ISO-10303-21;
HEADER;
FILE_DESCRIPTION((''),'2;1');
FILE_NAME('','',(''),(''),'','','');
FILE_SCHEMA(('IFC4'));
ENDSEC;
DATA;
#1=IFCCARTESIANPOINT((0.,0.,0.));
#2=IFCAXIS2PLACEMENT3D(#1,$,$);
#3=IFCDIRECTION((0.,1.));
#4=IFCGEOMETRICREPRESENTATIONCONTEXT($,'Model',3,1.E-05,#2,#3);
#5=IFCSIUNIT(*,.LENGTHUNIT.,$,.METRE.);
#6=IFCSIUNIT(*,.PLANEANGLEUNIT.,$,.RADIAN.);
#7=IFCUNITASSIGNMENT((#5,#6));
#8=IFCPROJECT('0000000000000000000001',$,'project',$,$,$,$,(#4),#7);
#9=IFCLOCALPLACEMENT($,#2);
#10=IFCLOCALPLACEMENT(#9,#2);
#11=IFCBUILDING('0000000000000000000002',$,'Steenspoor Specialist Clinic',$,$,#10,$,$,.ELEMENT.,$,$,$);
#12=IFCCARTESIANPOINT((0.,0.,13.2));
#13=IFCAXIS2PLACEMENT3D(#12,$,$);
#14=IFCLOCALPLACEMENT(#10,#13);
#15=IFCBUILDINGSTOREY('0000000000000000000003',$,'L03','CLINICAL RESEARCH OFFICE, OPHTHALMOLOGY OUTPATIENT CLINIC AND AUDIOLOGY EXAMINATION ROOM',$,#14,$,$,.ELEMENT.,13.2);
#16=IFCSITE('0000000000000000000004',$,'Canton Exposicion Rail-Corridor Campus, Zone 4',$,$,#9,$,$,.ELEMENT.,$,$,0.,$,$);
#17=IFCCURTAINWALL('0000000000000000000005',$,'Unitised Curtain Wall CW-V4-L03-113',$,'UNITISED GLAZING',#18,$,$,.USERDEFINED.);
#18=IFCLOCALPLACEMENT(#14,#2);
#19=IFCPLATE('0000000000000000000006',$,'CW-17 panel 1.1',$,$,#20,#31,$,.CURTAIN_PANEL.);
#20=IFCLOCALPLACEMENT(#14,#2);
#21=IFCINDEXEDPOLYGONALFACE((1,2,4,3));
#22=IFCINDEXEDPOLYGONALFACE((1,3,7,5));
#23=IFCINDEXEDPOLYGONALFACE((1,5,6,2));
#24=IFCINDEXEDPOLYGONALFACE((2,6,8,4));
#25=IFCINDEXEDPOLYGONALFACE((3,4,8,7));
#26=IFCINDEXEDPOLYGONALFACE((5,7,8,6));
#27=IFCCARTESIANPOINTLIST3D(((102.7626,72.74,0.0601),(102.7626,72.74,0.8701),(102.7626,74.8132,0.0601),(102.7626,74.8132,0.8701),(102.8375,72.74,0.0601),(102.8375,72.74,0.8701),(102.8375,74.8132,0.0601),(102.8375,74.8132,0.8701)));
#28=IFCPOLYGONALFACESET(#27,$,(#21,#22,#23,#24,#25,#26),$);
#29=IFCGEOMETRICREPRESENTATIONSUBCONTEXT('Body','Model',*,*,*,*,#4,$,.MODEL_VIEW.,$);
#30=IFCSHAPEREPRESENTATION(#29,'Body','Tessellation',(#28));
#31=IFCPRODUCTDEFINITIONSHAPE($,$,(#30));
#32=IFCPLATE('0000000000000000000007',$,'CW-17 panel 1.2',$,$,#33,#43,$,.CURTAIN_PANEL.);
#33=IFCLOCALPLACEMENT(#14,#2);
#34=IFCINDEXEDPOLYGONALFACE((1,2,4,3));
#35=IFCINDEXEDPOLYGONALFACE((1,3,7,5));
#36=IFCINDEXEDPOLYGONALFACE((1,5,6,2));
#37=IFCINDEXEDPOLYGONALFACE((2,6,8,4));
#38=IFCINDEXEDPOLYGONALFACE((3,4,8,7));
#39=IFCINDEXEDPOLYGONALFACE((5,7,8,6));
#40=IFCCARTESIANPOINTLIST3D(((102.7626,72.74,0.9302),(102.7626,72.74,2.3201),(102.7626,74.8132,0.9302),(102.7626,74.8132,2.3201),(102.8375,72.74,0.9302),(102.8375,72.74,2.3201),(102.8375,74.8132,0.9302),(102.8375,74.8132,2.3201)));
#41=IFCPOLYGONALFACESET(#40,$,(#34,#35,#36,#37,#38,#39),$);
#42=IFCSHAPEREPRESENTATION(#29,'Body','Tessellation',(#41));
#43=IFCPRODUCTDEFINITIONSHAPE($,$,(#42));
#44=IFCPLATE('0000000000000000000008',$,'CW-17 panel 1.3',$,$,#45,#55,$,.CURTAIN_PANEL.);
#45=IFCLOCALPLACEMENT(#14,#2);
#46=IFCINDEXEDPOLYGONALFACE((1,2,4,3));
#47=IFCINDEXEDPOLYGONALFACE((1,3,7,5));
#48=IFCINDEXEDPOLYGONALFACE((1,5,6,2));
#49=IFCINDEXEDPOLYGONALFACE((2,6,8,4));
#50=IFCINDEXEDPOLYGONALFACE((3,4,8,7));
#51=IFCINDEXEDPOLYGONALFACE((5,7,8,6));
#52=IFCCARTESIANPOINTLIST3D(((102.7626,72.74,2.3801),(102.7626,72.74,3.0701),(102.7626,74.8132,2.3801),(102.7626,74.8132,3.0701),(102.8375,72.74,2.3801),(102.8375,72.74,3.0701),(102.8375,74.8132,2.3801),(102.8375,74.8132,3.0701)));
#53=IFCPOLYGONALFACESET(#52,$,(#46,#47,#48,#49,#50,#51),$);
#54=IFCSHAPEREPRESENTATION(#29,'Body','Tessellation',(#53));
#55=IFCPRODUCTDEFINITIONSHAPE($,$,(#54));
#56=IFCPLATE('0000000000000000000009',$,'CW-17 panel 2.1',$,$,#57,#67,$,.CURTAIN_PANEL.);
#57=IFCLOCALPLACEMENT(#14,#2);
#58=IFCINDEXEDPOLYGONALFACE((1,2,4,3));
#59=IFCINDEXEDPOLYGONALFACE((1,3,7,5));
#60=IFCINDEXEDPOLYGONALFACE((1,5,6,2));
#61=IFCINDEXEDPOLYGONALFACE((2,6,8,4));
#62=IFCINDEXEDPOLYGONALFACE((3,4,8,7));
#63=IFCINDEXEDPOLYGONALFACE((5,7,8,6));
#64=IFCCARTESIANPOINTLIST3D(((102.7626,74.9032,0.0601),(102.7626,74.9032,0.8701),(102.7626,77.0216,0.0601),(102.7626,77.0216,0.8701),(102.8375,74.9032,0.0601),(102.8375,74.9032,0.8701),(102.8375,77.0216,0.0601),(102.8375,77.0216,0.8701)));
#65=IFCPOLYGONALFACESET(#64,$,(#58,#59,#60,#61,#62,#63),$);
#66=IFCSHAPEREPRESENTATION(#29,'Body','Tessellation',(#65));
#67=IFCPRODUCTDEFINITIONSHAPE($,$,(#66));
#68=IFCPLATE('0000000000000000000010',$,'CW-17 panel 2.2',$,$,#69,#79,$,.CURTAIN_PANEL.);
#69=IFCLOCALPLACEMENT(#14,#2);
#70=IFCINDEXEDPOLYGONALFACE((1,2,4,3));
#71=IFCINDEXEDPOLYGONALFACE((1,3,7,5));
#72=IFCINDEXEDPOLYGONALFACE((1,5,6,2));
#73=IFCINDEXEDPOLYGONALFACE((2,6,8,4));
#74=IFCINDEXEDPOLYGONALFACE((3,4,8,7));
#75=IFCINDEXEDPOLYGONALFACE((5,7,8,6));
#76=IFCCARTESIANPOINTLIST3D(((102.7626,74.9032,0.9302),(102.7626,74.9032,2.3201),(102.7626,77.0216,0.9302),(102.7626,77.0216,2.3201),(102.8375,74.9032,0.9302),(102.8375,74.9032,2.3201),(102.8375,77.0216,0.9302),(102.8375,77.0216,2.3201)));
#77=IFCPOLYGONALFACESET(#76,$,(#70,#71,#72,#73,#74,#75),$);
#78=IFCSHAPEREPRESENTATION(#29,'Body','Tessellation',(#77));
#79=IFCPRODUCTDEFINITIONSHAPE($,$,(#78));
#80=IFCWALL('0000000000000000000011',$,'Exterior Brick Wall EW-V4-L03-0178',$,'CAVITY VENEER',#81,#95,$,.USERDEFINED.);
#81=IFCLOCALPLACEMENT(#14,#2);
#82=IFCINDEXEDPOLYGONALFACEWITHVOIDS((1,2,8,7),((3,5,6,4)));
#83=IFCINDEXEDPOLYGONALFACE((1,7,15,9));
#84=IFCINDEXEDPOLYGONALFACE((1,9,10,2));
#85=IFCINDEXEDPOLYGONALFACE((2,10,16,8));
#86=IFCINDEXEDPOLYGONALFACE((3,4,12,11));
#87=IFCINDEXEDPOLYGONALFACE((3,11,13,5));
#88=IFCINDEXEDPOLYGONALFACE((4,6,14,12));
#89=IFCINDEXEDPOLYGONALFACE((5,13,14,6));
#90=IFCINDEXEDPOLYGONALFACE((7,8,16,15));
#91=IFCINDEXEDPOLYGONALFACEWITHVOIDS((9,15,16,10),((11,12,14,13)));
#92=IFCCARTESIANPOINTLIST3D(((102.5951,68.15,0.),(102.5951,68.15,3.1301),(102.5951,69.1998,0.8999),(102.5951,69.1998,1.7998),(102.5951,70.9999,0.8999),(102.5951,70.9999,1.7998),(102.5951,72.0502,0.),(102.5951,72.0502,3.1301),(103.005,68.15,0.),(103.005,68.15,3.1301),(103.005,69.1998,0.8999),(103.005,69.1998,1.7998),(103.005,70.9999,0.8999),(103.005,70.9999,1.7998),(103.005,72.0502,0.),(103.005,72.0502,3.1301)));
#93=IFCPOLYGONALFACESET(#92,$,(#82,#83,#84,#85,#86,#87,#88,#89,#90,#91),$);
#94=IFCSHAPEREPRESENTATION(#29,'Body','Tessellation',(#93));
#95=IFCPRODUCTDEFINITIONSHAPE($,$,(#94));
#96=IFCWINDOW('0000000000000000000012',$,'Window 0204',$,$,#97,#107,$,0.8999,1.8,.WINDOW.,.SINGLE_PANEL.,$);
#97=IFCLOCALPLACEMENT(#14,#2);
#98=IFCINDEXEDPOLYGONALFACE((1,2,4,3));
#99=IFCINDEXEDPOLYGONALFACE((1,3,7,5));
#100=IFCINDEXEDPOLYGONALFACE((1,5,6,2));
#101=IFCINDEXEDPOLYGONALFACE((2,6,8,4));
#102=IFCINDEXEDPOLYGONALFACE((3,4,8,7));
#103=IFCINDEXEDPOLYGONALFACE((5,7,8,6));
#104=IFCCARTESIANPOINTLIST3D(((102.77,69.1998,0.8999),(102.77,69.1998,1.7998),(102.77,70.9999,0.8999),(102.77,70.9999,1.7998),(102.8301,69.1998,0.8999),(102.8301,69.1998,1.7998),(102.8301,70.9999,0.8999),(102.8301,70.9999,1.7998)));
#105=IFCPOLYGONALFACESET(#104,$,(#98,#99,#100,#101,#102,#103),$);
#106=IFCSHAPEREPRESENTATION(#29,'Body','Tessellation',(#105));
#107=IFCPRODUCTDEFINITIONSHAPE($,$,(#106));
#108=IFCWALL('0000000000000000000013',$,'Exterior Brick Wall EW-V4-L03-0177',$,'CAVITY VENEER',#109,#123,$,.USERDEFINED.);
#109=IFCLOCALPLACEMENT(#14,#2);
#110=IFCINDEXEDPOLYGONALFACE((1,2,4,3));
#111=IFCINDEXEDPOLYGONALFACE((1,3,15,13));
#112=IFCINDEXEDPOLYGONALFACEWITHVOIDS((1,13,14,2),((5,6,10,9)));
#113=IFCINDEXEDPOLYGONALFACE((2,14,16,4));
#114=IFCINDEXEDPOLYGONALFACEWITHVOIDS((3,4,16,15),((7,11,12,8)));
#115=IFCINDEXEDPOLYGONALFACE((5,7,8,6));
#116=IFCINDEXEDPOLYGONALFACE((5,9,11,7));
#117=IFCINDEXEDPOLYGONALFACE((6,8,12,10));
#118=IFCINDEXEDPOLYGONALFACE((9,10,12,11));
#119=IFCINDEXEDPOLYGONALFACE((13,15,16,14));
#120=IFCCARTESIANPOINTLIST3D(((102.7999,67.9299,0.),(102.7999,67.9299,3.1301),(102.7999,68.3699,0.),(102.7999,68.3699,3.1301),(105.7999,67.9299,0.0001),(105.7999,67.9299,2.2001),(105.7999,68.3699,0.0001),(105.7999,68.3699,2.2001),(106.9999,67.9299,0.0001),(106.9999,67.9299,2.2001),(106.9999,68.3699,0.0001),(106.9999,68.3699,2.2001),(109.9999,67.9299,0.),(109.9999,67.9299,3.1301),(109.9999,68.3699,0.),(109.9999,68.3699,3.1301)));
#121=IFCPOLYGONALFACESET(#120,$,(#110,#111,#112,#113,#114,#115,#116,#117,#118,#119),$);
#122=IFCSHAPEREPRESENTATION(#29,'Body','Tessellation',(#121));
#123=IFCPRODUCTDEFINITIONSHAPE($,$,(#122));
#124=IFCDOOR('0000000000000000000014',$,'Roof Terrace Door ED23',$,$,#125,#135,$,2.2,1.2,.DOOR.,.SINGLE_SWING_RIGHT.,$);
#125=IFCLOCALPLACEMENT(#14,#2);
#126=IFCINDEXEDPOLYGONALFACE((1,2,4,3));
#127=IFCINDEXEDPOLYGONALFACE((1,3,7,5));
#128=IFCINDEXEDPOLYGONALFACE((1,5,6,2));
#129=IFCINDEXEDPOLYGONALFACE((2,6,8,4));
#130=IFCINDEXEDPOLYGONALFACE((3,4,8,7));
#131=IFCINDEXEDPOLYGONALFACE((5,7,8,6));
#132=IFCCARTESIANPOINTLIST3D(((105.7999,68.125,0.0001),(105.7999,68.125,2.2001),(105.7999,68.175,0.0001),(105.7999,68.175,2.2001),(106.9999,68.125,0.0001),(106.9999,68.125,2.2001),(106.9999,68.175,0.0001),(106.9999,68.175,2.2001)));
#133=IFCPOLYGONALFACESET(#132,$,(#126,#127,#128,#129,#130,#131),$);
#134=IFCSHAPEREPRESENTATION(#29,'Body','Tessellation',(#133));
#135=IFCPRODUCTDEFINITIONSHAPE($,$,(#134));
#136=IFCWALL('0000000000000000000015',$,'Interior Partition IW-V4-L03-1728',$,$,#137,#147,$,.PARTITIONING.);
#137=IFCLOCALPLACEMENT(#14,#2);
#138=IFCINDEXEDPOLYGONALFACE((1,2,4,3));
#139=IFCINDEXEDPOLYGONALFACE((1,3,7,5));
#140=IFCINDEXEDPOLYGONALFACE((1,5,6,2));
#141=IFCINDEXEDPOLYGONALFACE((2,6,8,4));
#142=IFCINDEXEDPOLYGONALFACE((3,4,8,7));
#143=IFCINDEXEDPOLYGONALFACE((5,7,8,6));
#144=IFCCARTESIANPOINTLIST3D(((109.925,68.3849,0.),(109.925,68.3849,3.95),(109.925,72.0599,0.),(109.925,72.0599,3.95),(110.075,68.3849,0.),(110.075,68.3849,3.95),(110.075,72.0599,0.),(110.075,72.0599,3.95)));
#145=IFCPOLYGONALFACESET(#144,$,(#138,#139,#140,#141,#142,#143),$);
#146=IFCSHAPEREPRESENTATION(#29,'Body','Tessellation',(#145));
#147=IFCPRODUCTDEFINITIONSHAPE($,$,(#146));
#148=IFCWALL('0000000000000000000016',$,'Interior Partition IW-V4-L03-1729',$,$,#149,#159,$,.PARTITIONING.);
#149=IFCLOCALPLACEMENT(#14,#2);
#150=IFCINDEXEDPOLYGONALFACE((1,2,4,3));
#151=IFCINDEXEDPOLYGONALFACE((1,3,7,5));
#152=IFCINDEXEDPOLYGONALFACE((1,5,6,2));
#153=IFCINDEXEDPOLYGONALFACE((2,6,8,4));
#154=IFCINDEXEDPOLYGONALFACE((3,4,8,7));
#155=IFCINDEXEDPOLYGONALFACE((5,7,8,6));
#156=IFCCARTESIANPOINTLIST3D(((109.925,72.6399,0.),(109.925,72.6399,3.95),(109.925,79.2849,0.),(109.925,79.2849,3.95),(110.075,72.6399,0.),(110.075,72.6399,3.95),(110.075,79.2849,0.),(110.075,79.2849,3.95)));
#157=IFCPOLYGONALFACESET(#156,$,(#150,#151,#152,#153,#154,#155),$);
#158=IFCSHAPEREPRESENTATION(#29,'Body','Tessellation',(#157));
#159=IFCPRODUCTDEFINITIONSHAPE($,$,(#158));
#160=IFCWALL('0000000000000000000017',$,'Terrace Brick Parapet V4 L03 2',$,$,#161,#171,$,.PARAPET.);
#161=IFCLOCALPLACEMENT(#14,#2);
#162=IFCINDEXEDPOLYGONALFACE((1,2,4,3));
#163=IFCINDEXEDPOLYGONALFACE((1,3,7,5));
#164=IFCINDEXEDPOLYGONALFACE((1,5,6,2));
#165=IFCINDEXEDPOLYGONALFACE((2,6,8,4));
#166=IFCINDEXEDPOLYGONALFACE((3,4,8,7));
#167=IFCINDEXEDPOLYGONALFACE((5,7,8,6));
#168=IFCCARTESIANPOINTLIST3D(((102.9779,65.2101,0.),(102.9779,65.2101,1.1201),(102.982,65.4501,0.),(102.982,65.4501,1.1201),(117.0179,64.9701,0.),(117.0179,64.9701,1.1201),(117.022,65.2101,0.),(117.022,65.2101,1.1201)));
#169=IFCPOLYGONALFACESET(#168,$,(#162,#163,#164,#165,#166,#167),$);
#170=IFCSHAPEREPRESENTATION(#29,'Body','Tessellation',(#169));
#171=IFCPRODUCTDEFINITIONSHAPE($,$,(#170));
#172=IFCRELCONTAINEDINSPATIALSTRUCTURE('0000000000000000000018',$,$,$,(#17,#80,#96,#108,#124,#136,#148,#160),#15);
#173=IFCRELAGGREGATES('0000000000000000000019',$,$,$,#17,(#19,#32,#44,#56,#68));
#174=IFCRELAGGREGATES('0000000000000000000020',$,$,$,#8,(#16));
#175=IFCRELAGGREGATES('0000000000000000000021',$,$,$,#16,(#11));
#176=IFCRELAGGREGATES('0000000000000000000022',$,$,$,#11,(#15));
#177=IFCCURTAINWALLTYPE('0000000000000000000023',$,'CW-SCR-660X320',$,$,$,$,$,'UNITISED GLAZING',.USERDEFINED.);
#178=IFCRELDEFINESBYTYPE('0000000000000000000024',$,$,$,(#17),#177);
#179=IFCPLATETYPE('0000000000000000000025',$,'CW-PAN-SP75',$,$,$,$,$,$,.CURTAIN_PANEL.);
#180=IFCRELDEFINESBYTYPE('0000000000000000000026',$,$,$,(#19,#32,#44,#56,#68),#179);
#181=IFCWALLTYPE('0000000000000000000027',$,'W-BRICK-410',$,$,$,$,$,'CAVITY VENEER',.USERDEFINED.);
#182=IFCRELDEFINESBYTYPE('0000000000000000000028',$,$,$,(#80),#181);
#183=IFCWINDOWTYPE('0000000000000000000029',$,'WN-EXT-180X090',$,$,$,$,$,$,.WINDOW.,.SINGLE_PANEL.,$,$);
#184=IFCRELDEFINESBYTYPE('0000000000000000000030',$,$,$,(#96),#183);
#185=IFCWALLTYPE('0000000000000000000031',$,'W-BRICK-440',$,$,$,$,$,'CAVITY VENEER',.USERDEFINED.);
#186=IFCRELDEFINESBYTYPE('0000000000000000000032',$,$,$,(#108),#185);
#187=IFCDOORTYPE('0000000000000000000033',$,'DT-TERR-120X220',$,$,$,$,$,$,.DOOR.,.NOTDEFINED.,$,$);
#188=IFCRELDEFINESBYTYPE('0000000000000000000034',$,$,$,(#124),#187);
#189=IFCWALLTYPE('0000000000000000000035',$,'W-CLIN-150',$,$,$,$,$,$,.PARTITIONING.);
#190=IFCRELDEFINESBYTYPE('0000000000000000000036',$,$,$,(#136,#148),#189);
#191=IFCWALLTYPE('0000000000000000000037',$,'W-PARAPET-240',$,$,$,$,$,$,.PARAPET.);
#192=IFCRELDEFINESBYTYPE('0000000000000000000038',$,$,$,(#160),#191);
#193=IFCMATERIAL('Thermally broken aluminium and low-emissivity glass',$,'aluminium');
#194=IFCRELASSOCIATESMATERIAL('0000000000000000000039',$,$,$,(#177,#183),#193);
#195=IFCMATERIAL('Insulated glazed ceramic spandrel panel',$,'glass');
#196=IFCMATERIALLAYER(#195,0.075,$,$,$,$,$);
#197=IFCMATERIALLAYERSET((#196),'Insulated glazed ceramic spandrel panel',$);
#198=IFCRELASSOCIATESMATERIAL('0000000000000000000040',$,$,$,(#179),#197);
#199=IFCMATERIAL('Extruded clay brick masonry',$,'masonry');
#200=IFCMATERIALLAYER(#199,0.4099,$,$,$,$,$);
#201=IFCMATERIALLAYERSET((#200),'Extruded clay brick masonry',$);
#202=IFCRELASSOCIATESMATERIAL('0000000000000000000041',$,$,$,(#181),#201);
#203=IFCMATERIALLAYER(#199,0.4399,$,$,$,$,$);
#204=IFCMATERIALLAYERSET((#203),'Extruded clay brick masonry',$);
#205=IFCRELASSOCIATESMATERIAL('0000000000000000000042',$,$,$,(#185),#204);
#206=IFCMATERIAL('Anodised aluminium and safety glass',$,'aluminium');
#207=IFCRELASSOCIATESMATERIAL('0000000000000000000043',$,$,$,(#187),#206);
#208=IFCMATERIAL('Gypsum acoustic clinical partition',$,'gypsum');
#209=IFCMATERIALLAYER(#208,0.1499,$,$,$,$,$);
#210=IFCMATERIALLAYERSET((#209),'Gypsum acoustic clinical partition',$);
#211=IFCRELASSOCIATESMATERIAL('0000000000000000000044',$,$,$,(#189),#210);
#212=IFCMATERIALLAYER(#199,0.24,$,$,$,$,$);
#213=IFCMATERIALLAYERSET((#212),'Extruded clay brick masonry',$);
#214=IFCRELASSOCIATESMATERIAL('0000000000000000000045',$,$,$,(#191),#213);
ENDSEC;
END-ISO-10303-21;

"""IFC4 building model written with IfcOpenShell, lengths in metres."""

from ifc_helpers import new_model, si_unit, direction, frame, frame_2d, origin, origin_2d, place, context, subcontext, project, spatial, rectangle, extrude, material, layer, layer_set, type_object, element, fill, aggregate, save


model = new_model("IFC4")

# Units and contexts
model_context = context("Model", 3, precision=1e-05, world=origin(), true_north=direction((0.0, 1.0)))
body_context = subcontext(model_context, "Body", "Model", "MODEL_VIEW")
ifc_project = project(units=[si_unit("LENGTHUNIT", "METRE"), si_unit("PLANEANGLEUNIT", "RADIAN")], contexts=[model_context])

# Site, building, storey
site_placement = place(None, origin())
site = spatial("IfcSite", under=ifc_project, at=site_placement, Name="Canton Exposicion Rail-Corridor Campus, Zone 4", CompositionType="ELEMENT", RefElevation=0.0)
building_placement = place(site_placement, origin())
building = spatial("IfcBuilding", under=site, at=building_placement, Name="Steenspoor Specialist Clinic", CompositionType="ELEMENT")
storey_placement = place(building_placement, frame((0.0, 0.0, 13.2)))
storey = spatial("IfcBuildingStorey", under=building, at=storey_placement, Name="L03", Description="CLINICAL RESEARCH OFFICE, OPHTHALMOLOGY OUTPATIENT CLINIC AND AUDIOLOGY EXAMINATION ROOM", CompositionType="ELEMENT", Elevation=13.2)

# Curtain wall
ifc_material_1 = material(Name="Thermally broken aluminium and low-emissivity glass", Category="aluminium")
curtain_wall_type = type_object("IfcCurtainWallType", Name="CW-SCR-660X320", ElementType="UNITISED GLAZING", PredefinedType="USERDEFINED", material=ifc_material_1)
curtain_wall_placement = place(storey_placement, origin())
curtain_wall = element("IfcCurtainWall", 1, at=curtain_wall_placement, inside=storey, type_object=curtain_wall_type, Name="Unitised Curtain Wall CW-V4-L03-113", ObjectType="UNITISED GLAZING", PredefinedType="USERDEFINED")

# Plates
ifc_material_2 = material(Name="Insulated glazed ceramic spandrel panel", Category="glass")
ifc_layer_1 = layer(ifc_material_2, 0.075)
ifc_layer_set_1 = layer_set([ifc_layer_1], Name="Insulated glazed ceramic spandrel panel")
plate_type = type_object("IfcPlateType", Name="CW-PAN-SP75", PredefinedType="CURTAIN_PANEL", material=ifc_layer_set_1)
plate_1_placement = place(storey_placement, frame((102.8, 73.7766, 0.0601), z_axis=(0.0, 0.0, 1.0), x_axis=(0.0, 1.0, 0.0)))
plate_1 = element("IfcPlate", 2, at=plate_1_placement, type_object=plate_type, Name="CW-17 panel 1.1", PredefinedType="CURTAIN_PANEL", context=body_context, shape_type="SweptSolid", body=[
    extrude(rectangle(XDim=2.0732, YDim=0.075, at=origin_2d()), origin(), (0.0, 0.0, 1.0), 0.8101),
])
plate_2_placement = place(storey_placement, frame((102.8, 73.7766, 0.9302), z_axis=(0.0, 0.0, 1.0), x_axis=(0.0, 1.0, 0.0)))
plate_2 = element("IfcPlate", 3, at=plate_2_placement, type_object=plate_type, Name="CW-17 panel 1.2", PredefinedType="CURTAIN_PANEL", context=body_context, shape_type="SweptSolid", body=[
    extrude(rectangle(XDim=2.0732, YDim=0.075, at=origin_2d()), origin(), (0.0, 0.0, 1.0), 1.3899),
])
plate_3_placement = place(storey_placement, frame((102.8, 73.7766, 2.3801), z_axis=(0.0, 0.0, 1.0), x_axis=(0.0, 1.0, 0.0)))
plate_3 = element("IfcPlate", 4, at=plate_3_placement, type_object=plate_type, Name="CW-17 panel 1.3", PredefinedType="CURTAIN_PANEL", context=body_context, shape_type="SweptSolid", body=[
    extrude(rectangle(XDim=2.0732, YDim=0.075, at=origin_2d()), origin(), (0.0, 0.0, 1.0), 0.6899),
])
plate_4_placement = place(storey_placement, frame((102.8, 75.9624, 0.0601), z_axis=(0.0, 0.0, 1.0), x_axis=(0.0, 1.0, 0.0)))
plate_4 = element("IfcPlate", 5, at=plate_4_placement, type_object=plate_type, Name="CW-17 panel 2.1", PredefinedType="CURTAIN_PANEL", context=body_context, shape_type="SweptSolid", body=[
    extrude(rectangle(XDim=2.1184, YDim=0.075, at=origin_2d()), origin(), (0.0, 0.0, 1.0), 0.8101),
])
plate_5_placement = place(storey_placement, frame((102.8, 75.9624, 0.9302), z_axis=(0.0, 0.0, 1.0), x_axis=(0.0, 1.0, 0.0)))
plate_5 = element("IfcPlate", 6, at=plate_5_placement, type_object=plate_type, Name="CW-17 panel 2.2", PredefinedType="CURTAIN_PANEL", context=body_context, shape_type="SweptSolid", body=[
    extrude(rectangle(XDim=2.1184, YDim=0.075, at=origin_2d()), origin(), (0.0, 0.0, 1.0), 1.3899),
])
aggregate(curtain_wall, [plate_1, plate_2, plate_3, plate_4, plate_5])

# Wall, opening, window
ifc_material_3 = material(Name="Extruded clay brick masonry", Category="masonry")
ifc_layer_2 = layer(ifc_material_3, 0.4099)
ifc_layer_set_2 = layer_set([ifc_layer_2], Name="Extruded clay brick masonry")
wall_type_1 = type_object("IfcWallType", Name="W-BRICK-410", ElementType="CAVITY VENEER", PredefinedType="USERDEFINED", material=ifc_layer_set_2)
wall_1_placement = place(storey_placement, frame((102.8, 68.1499, 0.0), z_axis=(0.0, 0.0, 1.0), x_axis=(0.0, 1.0, 0.0)))
wall_1 = element("IfcWall", 7, at=wall_1_placement, inside=storey, type_object=wall_type_1, Name="Exterior Brick Wall EW-V4-L03-0178", ObjectType="CAVITY VENEER", PredefinedType="USERDEFINED", context=body_context, shape_type="SweptSolid", body=[
    extrude(rectangle(XDim=3.9001, YDim=0.4099, at=frame_2d((1.9502, 0.0))), origin(), (0.0, 0.0, 1.0), 3.1301),
])
opening_1_placement = place(wall_1_placement, frame((1.05, 0.0, 0.8999)))
opening_1 = element("IfcOpeningElement", 8, at=opening_1_placement, cuts=wall_1, PredefinedType="OPENING", context=body_context, shape_type="SweptSolid", body=[
    extrude(rectangle(XDim=1.8, YDim=0.8999, at=frame_2d((0.8999, 0.45))), frame((0.0, 0.2148, 0.0), z_axis=(0.0, -1.0, 0.0), x_axis=(1.0, 0.0, 0.0)), (0.0, 0.0, 1.0), 0.4299),
])
window_type = type_object("IfcWindowType", Name="WN-EXT-180X090", PartitioningType="SINGLE_PANEL", PredefinedType="WINDOW", material=ifc_material_1)
window_placement = place(opening_1_placement, origin())
window = element("IfcWindow", 9, at=window_placement, inside=storey, type_object=window_type, Name="Window 0204", OverallHeight=0.8999, OverallWidth=1.8, PartitioningType="SINGLE_PANEL", PredefinedType="WINDOW", context=body_context, shape_type="SweptSolid", body=[
    extrude(rectangle(XDim=1.8, YDim=0.8999, at=frame_2d((0.8999, 0.45))), frame((0.0, 0.03, 0.0), z_axis=(0.0, -1.0, 0.0), x_axis=(1.0, 0.0, 0.0)), (0.0, 0.0, 1.0), 0.0601),
])
fill(opening_1, window)

# Wall, opening, door
ifc_layer_3 = layer(ifc_material_3, 0.4399)
ifc_layer_set_3 = layer_set([ifc_layer_3], Name="Extruded clay brick masonry")
wall_type_2 = type_object("IfcWallType", Name="W-BRICK-440", ElementType="CAVITY VENEER", PredefinedType="USERDEFINED", material=ifc_layer_set_3)
wall_2_placement = place(storey_placement, frame((110.0, 68.1499, 0.0), z_axis=(0.0, 0.0, 1.0), x_axis=(-1.0, 0.0, 0.0)))
wall_2 = element("IfcWall", 10, at=wall_2_placement, inside=storey, type_object=wall_type_2, Name="Exterior Brick Wall EW-V4-L03-0177", ObjectType="CAVITY VENEER", PredefinedType="USERDEFINED", context=body_context, shape_type="SweptSolid", body=[
    extrude(rectangle(XDim=7.2, YDim=0.4399, at=frame_2d((3.6001, 0.0))), origin(), (0.0, 0.0, 1.0), 3.1301),
])
opening_2_placement = place(wall_2_placement, frame((3.0, 0.0, 0.0)))
opening_2 = element("IfcOpeningElement", 11, at=opening_2_placement, cuts=wall_2, PredefinedType="OPENING", context=body_context, shape_type="SweptSolid", body=[
    extrude(rectangle(XDim=1.2, YDim=2.2, at=frame_2d((0.6001, 1.1001))), frame((0.0, 0.23, 0.0), z_axis=(0.0, -1.0, 0.0), x_axis=(1.0, 0.0, 0.0)), (0.0, 0.0, 1.0), 0.46),
])
ifc_material_4 = material(Name="Anodised aluminium and safety glass", Category="aluminium")
door_type_1 = type_object("IfcDoorType", Name="DT-TERR-120X220", OperationType="NOTDEFINED", PredefinedType="DOOR", material=ifc_material_4)
door_1_placement = place(opening_2_placement, origin())
door_1 = element("IfcDoor", 12, at=door_1_placement, inside=storey, type_object=door_type_1, Name="Roof Terrace Door ED23", OperationType="SINGLE_SWING_RIGHT", OverallHeight=2.2, OverallWidth=1.2, PredefinedType="DOOR", context=body_context, shape_type="SweptSolid", body=[
    extrude(rectangle(XDim=1.2, YDim=2.2, at=frame_2d((0.6001, 1.1001))), frame((0.0, 0.0249, 0.0), z_axis=(0.0, -1.0, 0.0), x_axis=(1.0, 0.0, 0.0)), (0.0, 0.0, 1.0), 0.05),
])
fill(opening_2, door_1)

# Walls
ifc_material_5 = material(Name="Gypsum acoustic clinical partition", Category="gypsum")
ifc_layer_4 = layer(ifc_material_5, 0.1499)
ifc_layer_set_4 = layer_set([ifc_layer_4], Name="Gypsum acoustic clinical partition")
wall_type_3 = type_object("IfcWallType", Name="W-CLIN-150", PredefinedType="PARTITIONING", material=ifc_layer_set_4)
wall_3_placement = place(storey_placement, frame((110.0, 68.385, 0.0), z_axis=(0.0, 0.0, 1.0), x_axis=(0.0, 1.0, 0.0)))
element("IfcWall", 13, at=wall_3_placement, inside=storey, type_object=wall_type_3, Name="Interior Partition IW-V4-L03-1728", PredefinedType="PARTITIONING", context=body_context, shape_type="SweptSolid", body=[
    extrude(rectangle(XDim=3.675, YDim=0.1499, at=frame_2d((1.8374, 0.0))), origin(), (0.0, 0.0, 1.0), 3.95),
])
wall_4_placement = place(storey_placement, frame((110.0, 72.6399, 0.0), z_axis=(0.0, 0.0, 1.0), x_axis=(0.0, 1.0, 0.0)))
element("IfcWall", 14, at=wall_4_placement, inside=storey, type_object=wall_type_3, Name="Interior Partition IW-V4-L03-1729", PredefinedType="PARTITIONING", context=body_context, shape_type="SweptSolid", body=[
    extrude(rectangle(XDim=6.645, YDim=0.1499, at=frame_2d((3.3225, 0.0))), origin(), (0.0, 0.0, 1.0), 3.95),
])
ifc_layer_5 = layer(ifc_material_3, 0.24)
ifc_layer_set_5 = layer_set([ifc_layer_5], Name="Extruded clay brick masonry")
wall_type_4 = type_object("IfcWallType", Name="W-PARAPET-240", PredefinedType="PARAPET", material=ifc_layer_set_5)
wall_5_placement = place(storey_placement, frame((102.98, 65.3301, 0.0), z_axis=(0.0, 0.0, 1.0), x_axis=(0.999854, -0.017091, 0.0)))
element("IfcWall", 15, at=wall_5_placement, inside=storey, type_object=wall_type_4, Name="Terrace Brick Parapet V4 L03 2", PredefinedType="PARAPET", context=body_context, shape_type="SweptSolid", body=[
    extrude(rectangle(XDim=14.042, YDim=0.24, at=frame_2d((7.021, 0.0))), origin(), (0.0, 0.0, 1.0), 1.1201),
])

save(model, "model.ifc")
